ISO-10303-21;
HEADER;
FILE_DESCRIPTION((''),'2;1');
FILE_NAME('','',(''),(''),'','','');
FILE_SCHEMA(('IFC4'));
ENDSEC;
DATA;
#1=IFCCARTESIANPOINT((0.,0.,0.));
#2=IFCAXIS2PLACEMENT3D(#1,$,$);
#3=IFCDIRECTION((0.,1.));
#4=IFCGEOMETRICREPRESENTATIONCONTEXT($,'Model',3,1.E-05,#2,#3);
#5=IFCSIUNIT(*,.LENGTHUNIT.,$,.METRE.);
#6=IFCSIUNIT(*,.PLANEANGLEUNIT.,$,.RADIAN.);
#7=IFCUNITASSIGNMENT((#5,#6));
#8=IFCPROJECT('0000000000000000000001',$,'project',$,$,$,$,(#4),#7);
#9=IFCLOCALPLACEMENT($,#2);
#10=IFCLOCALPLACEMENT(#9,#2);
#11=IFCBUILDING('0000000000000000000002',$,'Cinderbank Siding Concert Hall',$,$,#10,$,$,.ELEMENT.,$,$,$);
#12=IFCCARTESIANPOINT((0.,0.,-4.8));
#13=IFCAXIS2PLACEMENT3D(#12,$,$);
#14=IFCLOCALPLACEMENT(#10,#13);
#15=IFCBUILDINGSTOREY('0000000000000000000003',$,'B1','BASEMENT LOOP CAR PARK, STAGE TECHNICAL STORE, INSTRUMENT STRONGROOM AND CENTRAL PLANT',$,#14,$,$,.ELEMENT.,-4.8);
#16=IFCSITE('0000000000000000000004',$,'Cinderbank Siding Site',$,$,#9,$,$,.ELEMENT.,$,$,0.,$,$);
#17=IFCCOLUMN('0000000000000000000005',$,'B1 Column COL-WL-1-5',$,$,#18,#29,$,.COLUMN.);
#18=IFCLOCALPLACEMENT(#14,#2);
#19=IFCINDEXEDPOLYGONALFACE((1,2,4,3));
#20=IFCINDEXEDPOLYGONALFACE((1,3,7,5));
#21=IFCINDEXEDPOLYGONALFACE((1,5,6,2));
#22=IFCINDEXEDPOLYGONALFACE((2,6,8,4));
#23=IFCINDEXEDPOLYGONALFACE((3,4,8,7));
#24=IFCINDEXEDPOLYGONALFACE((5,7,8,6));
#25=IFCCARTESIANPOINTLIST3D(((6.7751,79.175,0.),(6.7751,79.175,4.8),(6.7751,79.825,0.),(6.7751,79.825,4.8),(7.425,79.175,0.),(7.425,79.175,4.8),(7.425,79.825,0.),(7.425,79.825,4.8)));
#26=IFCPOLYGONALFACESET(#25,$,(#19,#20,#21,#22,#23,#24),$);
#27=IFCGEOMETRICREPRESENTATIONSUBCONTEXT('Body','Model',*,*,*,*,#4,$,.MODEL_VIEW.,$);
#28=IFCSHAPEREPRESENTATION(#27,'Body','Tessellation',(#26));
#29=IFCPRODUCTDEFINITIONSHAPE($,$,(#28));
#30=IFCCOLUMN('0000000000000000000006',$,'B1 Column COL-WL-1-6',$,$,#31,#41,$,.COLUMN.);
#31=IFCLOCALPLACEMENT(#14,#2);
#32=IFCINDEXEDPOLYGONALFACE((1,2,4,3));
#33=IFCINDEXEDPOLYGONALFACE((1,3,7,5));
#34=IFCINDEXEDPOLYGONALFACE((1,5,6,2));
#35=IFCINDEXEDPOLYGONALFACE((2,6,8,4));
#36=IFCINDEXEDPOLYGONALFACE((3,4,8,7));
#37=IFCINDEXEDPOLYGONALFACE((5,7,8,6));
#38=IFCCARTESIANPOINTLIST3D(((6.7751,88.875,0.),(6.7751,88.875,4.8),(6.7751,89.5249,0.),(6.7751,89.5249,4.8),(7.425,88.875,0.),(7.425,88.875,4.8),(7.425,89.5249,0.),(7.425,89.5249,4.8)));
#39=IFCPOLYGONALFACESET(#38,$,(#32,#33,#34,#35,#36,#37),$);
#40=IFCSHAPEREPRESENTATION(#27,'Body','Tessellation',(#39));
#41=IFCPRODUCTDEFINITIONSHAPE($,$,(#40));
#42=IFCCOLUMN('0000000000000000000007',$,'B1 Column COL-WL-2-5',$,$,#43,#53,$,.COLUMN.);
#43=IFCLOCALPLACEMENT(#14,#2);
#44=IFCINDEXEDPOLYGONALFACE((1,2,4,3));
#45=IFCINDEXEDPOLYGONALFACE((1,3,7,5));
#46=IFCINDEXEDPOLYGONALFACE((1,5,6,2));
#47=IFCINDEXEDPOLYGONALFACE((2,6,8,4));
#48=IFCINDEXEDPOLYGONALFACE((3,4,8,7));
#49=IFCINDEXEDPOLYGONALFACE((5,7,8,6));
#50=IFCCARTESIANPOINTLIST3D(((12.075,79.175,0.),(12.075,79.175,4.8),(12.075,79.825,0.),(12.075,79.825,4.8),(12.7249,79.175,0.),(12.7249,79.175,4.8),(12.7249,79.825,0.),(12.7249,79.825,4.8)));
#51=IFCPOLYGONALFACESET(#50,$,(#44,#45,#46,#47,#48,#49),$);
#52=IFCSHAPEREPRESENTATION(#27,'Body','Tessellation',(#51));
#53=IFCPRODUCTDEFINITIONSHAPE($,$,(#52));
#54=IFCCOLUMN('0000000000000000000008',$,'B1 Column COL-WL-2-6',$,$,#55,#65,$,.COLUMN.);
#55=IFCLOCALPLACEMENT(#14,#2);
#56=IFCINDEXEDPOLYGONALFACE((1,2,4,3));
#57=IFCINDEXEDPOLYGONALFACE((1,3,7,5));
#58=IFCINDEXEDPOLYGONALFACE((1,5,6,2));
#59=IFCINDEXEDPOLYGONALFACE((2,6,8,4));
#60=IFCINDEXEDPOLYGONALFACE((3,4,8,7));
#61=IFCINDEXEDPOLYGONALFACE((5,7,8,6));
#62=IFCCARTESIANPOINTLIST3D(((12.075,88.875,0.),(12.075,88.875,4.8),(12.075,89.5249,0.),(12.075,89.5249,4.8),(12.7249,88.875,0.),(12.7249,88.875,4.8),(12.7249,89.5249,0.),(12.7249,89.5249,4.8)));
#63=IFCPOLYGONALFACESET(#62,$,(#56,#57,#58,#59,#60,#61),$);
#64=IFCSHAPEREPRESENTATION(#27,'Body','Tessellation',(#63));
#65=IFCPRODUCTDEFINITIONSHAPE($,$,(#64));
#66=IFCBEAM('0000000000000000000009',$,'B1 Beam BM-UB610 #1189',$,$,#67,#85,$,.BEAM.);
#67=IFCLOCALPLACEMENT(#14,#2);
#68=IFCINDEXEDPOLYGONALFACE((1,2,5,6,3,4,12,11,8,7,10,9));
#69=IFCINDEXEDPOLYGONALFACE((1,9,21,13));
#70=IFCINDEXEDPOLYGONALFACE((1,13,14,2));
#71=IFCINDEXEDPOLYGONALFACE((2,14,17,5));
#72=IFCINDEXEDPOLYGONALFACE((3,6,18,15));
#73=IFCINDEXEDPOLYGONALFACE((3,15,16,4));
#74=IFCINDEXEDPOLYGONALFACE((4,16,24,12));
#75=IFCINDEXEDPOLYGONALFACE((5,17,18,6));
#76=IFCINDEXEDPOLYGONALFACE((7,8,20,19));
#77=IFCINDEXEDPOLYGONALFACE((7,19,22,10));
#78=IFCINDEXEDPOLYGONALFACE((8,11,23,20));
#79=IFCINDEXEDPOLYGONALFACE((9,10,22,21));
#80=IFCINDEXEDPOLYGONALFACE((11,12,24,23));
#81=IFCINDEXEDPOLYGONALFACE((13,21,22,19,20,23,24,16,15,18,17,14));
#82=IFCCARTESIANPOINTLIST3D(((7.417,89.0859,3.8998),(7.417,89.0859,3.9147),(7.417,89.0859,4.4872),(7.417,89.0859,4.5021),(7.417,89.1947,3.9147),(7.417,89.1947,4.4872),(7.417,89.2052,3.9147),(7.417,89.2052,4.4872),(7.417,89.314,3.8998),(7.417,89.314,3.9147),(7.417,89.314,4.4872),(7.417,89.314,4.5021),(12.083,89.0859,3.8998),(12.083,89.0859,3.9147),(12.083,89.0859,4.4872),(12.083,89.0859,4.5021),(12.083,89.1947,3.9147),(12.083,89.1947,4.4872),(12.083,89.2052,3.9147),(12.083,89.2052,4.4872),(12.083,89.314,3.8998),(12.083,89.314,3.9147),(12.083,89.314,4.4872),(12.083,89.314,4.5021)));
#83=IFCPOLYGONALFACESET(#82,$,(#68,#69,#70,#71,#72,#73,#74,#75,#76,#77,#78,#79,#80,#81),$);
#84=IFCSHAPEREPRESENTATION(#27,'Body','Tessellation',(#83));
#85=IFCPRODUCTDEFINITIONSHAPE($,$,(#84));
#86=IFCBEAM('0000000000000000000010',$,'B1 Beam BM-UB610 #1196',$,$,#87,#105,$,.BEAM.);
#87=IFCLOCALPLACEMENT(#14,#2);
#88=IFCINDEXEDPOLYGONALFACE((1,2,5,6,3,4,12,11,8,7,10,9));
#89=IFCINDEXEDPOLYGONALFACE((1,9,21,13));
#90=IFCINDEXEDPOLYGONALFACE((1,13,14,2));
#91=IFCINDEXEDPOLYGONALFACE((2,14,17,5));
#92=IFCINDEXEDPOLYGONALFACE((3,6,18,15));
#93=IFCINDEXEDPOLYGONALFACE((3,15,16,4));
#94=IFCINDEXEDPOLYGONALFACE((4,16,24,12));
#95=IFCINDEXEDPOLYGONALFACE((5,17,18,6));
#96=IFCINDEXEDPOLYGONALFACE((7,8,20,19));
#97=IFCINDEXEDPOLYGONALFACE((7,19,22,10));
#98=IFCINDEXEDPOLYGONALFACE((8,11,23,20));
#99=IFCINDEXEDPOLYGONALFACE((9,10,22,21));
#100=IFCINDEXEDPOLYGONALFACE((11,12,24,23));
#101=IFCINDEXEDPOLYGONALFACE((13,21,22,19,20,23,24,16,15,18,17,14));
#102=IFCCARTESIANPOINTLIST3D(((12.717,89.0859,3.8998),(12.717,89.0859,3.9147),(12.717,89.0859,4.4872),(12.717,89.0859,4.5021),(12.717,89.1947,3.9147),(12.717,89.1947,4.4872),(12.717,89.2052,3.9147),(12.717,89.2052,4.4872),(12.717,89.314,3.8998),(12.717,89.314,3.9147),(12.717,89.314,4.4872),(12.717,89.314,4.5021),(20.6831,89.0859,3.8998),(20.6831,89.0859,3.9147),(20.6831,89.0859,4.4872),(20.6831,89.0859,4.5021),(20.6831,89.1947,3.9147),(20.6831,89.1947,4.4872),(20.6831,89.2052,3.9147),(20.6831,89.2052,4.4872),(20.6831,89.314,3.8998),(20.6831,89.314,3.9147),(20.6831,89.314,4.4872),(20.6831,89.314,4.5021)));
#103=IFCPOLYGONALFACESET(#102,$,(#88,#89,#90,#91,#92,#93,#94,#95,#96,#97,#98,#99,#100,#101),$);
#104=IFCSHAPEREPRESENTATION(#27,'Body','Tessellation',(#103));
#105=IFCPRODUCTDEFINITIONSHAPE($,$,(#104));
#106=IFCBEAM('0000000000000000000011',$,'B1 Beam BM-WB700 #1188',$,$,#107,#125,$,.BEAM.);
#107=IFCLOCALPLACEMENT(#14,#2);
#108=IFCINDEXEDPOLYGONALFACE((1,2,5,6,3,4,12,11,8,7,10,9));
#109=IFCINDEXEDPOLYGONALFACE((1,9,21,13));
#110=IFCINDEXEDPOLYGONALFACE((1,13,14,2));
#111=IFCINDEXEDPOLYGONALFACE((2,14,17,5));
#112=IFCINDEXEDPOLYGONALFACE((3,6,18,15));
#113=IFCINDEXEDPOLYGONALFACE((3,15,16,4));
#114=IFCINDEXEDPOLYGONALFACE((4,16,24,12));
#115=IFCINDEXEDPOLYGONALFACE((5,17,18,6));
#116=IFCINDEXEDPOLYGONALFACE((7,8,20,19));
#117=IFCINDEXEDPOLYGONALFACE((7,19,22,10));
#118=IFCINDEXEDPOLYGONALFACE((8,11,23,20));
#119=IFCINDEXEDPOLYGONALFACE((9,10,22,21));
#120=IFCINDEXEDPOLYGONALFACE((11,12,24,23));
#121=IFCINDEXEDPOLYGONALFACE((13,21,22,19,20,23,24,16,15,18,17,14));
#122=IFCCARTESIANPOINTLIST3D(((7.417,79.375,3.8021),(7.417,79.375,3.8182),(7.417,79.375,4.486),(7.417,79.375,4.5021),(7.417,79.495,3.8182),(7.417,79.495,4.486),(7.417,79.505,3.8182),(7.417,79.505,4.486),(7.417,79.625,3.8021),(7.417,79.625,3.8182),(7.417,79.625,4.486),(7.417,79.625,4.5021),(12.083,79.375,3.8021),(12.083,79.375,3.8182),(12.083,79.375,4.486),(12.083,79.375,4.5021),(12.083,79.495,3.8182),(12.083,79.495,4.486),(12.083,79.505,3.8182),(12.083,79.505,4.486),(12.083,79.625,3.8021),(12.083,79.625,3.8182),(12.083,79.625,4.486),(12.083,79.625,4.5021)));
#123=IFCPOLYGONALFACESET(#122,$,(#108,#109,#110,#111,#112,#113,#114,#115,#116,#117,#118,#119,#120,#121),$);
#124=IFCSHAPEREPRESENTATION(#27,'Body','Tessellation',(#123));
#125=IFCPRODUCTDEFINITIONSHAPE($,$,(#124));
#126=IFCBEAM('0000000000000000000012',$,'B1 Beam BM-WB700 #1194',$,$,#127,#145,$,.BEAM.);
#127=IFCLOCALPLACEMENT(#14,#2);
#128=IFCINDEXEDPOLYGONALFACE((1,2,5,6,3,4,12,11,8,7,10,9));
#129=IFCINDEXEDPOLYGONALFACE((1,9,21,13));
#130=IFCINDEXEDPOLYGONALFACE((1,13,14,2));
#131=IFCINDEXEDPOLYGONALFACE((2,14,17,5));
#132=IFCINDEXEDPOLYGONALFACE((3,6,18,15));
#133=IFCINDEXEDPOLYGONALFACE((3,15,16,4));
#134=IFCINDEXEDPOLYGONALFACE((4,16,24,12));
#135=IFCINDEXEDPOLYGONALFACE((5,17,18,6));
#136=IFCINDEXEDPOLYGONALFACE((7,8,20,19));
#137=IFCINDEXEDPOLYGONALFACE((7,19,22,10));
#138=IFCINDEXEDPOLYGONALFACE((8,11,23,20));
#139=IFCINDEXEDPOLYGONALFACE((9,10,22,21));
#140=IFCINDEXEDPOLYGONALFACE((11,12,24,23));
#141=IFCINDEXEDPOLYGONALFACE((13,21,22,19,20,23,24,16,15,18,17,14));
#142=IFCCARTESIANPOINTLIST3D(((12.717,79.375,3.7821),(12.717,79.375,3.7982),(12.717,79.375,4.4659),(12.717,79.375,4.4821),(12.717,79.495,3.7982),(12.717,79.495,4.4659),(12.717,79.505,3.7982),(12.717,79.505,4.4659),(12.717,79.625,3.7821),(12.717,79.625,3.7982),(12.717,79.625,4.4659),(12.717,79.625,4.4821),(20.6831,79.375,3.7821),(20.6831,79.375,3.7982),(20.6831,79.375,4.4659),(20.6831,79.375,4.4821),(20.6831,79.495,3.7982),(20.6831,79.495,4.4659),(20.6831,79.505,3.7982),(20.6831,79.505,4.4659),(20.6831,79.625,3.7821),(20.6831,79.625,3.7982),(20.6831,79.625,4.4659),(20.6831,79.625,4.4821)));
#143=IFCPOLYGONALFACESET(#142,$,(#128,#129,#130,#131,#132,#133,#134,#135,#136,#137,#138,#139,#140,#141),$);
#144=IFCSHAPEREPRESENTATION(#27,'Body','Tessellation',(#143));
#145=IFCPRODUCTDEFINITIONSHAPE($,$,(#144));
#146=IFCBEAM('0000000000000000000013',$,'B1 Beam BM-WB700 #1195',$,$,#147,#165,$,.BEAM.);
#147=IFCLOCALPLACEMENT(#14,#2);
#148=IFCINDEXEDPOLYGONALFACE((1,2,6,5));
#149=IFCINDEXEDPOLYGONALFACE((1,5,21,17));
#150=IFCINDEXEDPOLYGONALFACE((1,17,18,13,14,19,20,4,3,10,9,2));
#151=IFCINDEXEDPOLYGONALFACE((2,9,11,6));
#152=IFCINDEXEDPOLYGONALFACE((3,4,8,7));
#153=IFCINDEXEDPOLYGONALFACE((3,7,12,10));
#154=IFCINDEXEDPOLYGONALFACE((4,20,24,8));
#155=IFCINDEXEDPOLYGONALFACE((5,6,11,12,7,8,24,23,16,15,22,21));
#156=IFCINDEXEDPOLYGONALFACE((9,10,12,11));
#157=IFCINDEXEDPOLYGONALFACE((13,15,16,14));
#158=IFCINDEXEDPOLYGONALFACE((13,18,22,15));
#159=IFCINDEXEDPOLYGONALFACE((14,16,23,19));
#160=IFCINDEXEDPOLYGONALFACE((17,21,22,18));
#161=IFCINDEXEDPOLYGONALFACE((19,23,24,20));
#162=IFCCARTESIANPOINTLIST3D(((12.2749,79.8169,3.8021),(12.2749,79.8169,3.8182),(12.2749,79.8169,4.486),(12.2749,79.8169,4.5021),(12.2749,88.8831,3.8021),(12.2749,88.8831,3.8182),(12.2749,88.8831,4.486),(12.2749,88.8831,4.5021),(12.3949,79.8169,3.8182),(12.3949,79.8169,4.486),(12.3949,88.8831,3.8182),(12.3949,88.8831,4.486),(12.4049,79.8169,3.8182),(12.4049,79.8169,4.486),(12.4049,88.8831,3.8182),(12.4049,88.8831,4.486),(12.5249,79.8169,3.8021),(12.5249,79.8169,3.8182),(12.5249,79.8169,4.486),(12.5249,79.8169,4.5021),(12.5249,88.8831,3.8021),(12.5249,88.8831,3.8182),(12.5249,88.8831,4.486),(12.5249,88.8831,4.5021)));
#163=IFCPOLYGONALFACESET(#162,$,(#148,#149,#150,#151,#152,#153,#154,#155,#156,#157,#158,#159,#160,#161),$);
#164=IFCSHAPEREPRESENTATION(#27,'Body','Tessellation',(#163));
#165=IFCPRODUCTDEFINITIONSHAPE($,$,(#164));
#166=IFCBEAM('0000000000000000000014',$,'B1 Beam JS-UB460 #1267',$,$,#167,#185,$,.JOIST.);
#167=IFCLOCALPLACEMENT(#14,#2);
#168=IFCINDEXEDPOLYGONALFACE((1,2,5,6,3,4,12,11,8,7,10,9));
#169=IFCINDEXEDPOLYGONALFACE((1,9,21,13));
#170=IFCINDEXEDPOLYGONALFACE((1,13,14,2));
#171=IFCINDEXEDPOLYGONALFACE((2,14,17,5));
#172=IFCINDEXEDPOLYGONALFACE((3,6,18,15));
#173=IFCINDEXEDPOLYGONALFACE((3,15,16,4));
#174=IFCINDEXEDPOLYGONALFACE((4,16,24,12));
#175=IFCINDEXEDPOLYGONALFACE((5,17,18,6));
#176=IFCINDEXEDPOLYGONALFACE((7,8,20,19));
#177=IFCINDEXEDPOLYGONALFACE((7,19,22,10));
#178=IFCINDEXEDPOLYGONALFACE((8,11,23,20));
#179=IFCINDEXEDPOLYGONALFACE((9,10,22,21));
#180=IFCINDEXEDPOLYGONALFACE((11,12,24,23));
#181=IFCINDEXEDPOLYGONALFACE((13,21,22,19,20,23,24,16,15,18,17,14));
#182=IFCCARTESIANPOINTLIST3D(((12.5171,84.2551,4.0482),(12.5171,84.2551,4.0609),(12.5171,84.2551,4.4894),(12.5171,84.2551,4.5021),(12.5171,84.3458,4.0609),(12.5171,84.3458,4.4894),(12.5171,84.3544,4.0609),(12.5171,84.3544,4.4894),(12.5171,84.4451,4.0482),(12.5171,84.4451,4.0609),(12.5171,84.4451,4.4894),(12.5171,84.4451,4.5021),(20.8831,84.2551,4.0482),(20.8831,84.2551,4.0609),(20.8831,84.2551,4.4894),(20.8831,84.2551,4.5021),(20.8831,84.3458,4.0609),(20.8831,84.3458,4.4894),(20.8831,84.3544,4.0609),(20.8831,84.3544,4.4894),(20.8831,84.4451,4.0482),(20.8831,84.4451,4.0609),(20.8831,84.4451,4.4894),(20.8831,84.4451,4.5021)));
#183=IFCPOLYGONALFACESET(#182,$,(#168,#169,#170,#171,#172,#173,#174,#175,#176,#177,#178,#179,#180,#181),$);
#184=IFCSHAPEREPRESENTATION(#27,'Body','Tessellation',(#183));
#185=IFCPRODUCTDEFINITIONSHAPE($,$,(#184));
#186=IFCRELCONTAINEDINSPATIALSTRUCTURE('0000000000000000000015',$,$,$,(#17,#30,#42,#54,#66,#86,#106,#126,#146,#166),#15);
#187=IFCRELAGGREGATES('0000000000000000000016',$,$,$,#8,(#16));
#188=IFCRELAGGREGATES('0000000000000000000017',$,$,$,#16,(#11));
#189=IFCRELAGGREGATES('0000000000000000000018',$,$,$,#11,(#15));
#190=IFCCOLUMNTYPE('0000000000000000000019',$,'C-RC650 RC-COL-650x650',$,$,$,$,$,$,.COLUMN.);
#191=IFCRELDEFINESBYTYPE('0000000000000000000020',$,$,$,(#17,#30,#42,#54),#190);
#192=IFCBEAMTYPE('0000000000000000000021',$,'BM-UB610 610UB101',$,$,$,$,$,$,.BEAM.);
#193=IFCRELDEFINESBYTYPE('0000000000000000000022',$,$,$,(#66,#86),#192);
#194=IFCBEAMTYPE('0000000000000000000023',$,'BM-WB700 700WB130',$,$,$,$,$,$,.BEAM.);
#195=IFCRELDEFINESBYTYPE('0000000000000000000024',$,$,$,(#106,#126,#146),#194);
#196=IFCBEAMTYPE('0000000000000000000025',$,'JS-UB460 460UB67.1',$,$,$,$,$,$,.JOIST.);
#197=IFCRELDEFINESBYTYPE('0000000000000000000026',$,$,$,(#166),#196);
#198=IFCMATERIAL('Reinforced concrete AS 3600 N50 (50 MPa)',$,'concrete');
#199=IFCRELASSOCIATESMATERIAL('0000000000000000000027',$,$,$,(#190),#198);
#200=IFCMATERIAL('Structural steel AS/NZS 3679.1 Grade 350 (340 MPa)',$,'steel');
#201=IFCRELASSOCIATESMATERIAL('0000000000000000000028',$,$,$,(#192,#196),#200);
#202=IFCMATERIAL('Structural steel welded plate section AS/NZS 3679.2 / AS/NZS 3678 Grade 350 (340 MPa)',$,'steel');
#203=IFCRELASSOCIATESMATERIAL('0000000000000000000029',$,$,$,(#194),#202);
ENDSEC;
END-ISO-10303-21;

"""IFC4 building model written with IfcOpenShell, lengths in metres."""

from ifc_helpers import new_model, si_unit, direction, frame, origin, origin_2d, place, context, subcontext, project, spatial, rectangle, i_section, extrude, material, material_profile, profile_set, type_object, element, save


model = new_model("IFC4")

# Units and contexts
model_context = context("Model", 3, precision=1e-05, world=origin(), true_north=direction((0.0, 1.0)))
body_context = subcontext(model_context, "Body", "Model", "MODEL_VIEW")
ifc_project = project(units=[si_unit("LENGTHUNIT", "METRE"), si_unit("PLANEANGLEUNIT", "RADIAN")], contexts=[model_context])

# Site, building, storey
site_placement = place(None, origin())
site = spatial("IfcSite", under=ifc_project, at=site_placement, Name="Cinderbank Siding Site", CompositionType="ELEMENT", RefElevation=0.0)
building_placement = place(site_placement, origin())
building = spatial("IfcBuilding", under=site, at=building_placement, Name="Cinderbank Siding Concert Hall", CompositionType="ELEMENT")
storey_placement = place(building_placement, frame((0.0, 0.0, -4.8)))
storey = spatial("IfcBuildingStorey", under=building, at=storey_placement, Name="B1", Description="BASEMENT LOOP CAR PARK, STAGE TECHNICAL STORE, INSTRUMENT STRONGROOM AND CENTRAL PLANT", CompositionType="ELEMENT", Elevation=-4.8)

# Columns
ifc_material_1 = material(Name="Reinforced concrete AS 3600 N50 (50 MPa)", Category="concrete")
ifc_material_profile_1 = material_profile(ifc_material_1, rectangle(XDim=0.6499, YDim=0.6499, at=origin_2d()), Name="RC-COL-650x650", Category="LoadBearing")
ifc_profile_set_1 = profile_set([ifc_material_profile_1], Name="Reinforced concrete AS 3600 N50 (50 MPa)")
column_type = type_object("IfcColumnType", Name="C-RC650 RC-COL-650x650", PredefinedType="COLUMN", material=ifc_profile_set_1)
for number, where, z_axis, x_axis, name in (
    (1, (7.1001, 79.5, 0.0), (0.0, 0.0, 1.0), (1.0, 0.0, 0.0), "B1 Column COL-WL-1-5"),
    (2, (7.1001, 89.2, 0.0), (0.0, 0.0, 1.0), (1.0, 0.0, 0.0), "B1 Column COL-WL-1-6"),
    (3, (12.3999, 79.5, 0.0), (0.0, 0.0, 1.0), (1.0, 0.0, 0.0), "B1 Column COL-WL-2-5"),
    (4, (12.3999, 89.2, 0.0), (0.0, 0.0, 1.0), (1.0, 0.0, 0.0), "B1 Column COL-WL-2-6"),
):
    element("IfcColumn", number, at=place(storey_placement, frame(where, z_axis=z_axis, x_axis=x_axis)), inside=storey, type_object=column_type, Name=name, PredefinedType="COLUMN", context=body_context, shape_type="SweptSolid", body=[
        extrude(rectangle(XDim=0.6499, YDim=0.6499, at=origin_2d()), origin(), (0.0, 0.0, 1.0), 4.8),
    ])

# Beams
ifc_material_2 = material(Name="Structural steel AS/NZS 3679.1 Grade 350 (340 MPa)", Category="steel")
ifc_material_profile_2 = material_profile(ifc_material_2, i_section(OverallWidth=0.228, OverallDepth=0.6023, WebThickness=0.0105, FlangeThickness=0.0149, at=origin_2d()), Name="610UB101", Category="LoadBearing")
ifc_profile_set_2 = profile_set([ifc_material_profile_2], Name="Structural steel AS/NZS 3679.1 Grade 350 (340 MPa)")
beam_type_1 = type_object("IfcBeamType", Name="BM-UB610 610UB101", PredefinedType="BEAM", material=ifc_profile_set_2)
beam_1_placement = place(storey_placement, frame((7.417, 89.2, 4.2009), z_axis=(1.0, 0.0, 0.0), x_axis=(0.0, 1.0, 0.0)))
element("IfcBeam", 5, at=beam_1_placement, inside=storey, type_object=beam_type_1, Name="B1 Beam BM-UB610 #1189", PredefinedType="BEAM", context=body_context, shape_type="SweptSolid", body=[
    extrude(i_section(OverallWidth=0.228, OverallDepth=0.6023, WebThickness=0.0105, FlangeThickness=0.0149, at=origin_2d()), origin(), (0.0, 0.0, 1.0), 4.666),
])
beam_2_placement = place(storey_placement, frame((12.717, 89.2, 4.2009), z_axis=(1.0, 0.0, 0.0), x_axis=(0.0, 1.0, 0.0)))
element("IfcBeam", 6, at=beam_2_placement, inside=storey, type_object=beam_type_1, Name="B1 Beam BM-UB610 #1196", PredefinedType="BEAM", context=body_context, shape_type="SweptSolid", body=[
    extrude(i_section(OverallWidth=0.228, OverallDepth=0.6023, WebThickness=0.0105, FlangeThickness=0.0149, at=origin_2d()), origin(), (0.0, 0.0, 1.0), 7.9661),
])
ifc_material_3 = material(Name="Structural steel welded plate section AS/NZS 3679.2 / AS/NZS 3678 Grade 350 (340 MPa)", Category="steel")
ifc_material_profile_3 = material_profile(ifc_material_3, i_section(OverallWidth=0.25, OverallDepth=0.7, WebThickness=0.01, FlangeThickness=0.0161, at=origin_2d()), Name="700WB130", Category="LoadBearing")
ifc_profile_set_3 = profile_set([ifc_material_profile_3], Name="Structural steel welded plate section AS/NZS 3679.2 / AS/NZS 3678 Grade 350 (340 MPa)")
beam_type_2 = type_object("IfcBeamType", Name="BM-WB700 700WB130", PredefinedType="BEAM", material=ifc_profile_set_3)
beam_3_placement = place(storey_placement, frame((7.417, 79.5, 4.1521), z_axis=(1.0, 0.0, 0.0), x_axis=(0.0, 1.0, 0.0)))
element("IfcBeam", 7, at=beam_3_placement, inside=storey, type_object=beam_type_2, Name="B1 Beam BM-WB700 #1188", PredefinedType="BEAM", context=body_context, shape_type="SweptSolid", body=[
    extrude(i_section(OverallWidth=0.25, OverallDepth=0.7, WebThickness=0.01, FlangeThickness=0.0161, at=origin_2d()), origin(), (0.0, 0.0, 1.0), 4.666),
])
beam_4_placement = place(storey_placement, frame((12.717, 79.5, 4.1321), z_axis=(1.0, 0.0, 0.0), x_axis=(0.0, 1.0, 0.0)))
element("IfcBeam", 8, at=beam_4_placement, inside=storey, type_object=beam_type_2, Name="B1 Beam BM-WB700 #1194", PredefinedType="BEAM", context=body_context, shape_type="SweptSolid", body=[
    extrude(i_section(OverallWidth=0.25, OverallDepth=0.7, WebThickness=0.01, FlangeThickness=0.0161, at=origin_2d()), origin(), (0.0, 0.0, 1.0), 7.9661),
])
beam_5_placement = place(storey_placement, frame((12.3999, 79.8169, 4.1521), z_axis=(0.0, 1.0, 0.0), x_axis=(-1.0, 0.0, 0.0)))
element("IfcBeam", 9, at=beam_5_placement, inside=storey, type_object=beam_type_2, Name="B1 Beam BM-WB700 #1195", PredefinedType="BEAM", context=body_context, shape_type="SweptSolid", body=[
    extrude(i_section(OverallWidth=0.25, OverallDepth=0.7, WebThickness=0.01, FlangeThickness=0.0161, at=origin_2d()), origin(), (0.0, 0.0, 1.0), 9.0662),
])
ifc_material_profile_4 = material_profile(ifc_material_2, i_section(OverallWidth=0.1899, OverallDepth=0.4539, WebThickness=0.0085, FlangeThickness=0.0127, at=origin_2d()), Name="460UB67.1", Category="LoadBearing")
ifc_profile_set_4 = profile_set([ifc_material_profile_4], Name="Structural steel AS/NZS 3679.1 Grade 350 (340 MPa)")
beam_type_3 = type_object("IfcBeamType", Name="JS-UB460 460UB67.1", PredefinedType="JOIST", material=ifc_profile_set_4)
beam_6_placement = place(storey_placement, frame((12.5171, 84.3501, 4.2751), z_axis=(1.0, 0.0, 0.0), x_axis=(0.0, 1.0, 0.0)))
element("IfcBeam", 10, at=beam_6_placement, inside=storey, type_object=beam_type_3, Name="B1 Beam JS-UB460 #1267", PredefinedType="JOIST", context=body_context, shape_type="SweptSolid", body=[
    extrude(i_section(OverallWidth=0.1899, OverallDepth=0.4539, WebThickness=0.0085, FlangeThickness=0.0127, at=origin_2d()), origin(), (0.0, 0.0, 1.0), 8.366),
])

save(model, "model.ifc")
